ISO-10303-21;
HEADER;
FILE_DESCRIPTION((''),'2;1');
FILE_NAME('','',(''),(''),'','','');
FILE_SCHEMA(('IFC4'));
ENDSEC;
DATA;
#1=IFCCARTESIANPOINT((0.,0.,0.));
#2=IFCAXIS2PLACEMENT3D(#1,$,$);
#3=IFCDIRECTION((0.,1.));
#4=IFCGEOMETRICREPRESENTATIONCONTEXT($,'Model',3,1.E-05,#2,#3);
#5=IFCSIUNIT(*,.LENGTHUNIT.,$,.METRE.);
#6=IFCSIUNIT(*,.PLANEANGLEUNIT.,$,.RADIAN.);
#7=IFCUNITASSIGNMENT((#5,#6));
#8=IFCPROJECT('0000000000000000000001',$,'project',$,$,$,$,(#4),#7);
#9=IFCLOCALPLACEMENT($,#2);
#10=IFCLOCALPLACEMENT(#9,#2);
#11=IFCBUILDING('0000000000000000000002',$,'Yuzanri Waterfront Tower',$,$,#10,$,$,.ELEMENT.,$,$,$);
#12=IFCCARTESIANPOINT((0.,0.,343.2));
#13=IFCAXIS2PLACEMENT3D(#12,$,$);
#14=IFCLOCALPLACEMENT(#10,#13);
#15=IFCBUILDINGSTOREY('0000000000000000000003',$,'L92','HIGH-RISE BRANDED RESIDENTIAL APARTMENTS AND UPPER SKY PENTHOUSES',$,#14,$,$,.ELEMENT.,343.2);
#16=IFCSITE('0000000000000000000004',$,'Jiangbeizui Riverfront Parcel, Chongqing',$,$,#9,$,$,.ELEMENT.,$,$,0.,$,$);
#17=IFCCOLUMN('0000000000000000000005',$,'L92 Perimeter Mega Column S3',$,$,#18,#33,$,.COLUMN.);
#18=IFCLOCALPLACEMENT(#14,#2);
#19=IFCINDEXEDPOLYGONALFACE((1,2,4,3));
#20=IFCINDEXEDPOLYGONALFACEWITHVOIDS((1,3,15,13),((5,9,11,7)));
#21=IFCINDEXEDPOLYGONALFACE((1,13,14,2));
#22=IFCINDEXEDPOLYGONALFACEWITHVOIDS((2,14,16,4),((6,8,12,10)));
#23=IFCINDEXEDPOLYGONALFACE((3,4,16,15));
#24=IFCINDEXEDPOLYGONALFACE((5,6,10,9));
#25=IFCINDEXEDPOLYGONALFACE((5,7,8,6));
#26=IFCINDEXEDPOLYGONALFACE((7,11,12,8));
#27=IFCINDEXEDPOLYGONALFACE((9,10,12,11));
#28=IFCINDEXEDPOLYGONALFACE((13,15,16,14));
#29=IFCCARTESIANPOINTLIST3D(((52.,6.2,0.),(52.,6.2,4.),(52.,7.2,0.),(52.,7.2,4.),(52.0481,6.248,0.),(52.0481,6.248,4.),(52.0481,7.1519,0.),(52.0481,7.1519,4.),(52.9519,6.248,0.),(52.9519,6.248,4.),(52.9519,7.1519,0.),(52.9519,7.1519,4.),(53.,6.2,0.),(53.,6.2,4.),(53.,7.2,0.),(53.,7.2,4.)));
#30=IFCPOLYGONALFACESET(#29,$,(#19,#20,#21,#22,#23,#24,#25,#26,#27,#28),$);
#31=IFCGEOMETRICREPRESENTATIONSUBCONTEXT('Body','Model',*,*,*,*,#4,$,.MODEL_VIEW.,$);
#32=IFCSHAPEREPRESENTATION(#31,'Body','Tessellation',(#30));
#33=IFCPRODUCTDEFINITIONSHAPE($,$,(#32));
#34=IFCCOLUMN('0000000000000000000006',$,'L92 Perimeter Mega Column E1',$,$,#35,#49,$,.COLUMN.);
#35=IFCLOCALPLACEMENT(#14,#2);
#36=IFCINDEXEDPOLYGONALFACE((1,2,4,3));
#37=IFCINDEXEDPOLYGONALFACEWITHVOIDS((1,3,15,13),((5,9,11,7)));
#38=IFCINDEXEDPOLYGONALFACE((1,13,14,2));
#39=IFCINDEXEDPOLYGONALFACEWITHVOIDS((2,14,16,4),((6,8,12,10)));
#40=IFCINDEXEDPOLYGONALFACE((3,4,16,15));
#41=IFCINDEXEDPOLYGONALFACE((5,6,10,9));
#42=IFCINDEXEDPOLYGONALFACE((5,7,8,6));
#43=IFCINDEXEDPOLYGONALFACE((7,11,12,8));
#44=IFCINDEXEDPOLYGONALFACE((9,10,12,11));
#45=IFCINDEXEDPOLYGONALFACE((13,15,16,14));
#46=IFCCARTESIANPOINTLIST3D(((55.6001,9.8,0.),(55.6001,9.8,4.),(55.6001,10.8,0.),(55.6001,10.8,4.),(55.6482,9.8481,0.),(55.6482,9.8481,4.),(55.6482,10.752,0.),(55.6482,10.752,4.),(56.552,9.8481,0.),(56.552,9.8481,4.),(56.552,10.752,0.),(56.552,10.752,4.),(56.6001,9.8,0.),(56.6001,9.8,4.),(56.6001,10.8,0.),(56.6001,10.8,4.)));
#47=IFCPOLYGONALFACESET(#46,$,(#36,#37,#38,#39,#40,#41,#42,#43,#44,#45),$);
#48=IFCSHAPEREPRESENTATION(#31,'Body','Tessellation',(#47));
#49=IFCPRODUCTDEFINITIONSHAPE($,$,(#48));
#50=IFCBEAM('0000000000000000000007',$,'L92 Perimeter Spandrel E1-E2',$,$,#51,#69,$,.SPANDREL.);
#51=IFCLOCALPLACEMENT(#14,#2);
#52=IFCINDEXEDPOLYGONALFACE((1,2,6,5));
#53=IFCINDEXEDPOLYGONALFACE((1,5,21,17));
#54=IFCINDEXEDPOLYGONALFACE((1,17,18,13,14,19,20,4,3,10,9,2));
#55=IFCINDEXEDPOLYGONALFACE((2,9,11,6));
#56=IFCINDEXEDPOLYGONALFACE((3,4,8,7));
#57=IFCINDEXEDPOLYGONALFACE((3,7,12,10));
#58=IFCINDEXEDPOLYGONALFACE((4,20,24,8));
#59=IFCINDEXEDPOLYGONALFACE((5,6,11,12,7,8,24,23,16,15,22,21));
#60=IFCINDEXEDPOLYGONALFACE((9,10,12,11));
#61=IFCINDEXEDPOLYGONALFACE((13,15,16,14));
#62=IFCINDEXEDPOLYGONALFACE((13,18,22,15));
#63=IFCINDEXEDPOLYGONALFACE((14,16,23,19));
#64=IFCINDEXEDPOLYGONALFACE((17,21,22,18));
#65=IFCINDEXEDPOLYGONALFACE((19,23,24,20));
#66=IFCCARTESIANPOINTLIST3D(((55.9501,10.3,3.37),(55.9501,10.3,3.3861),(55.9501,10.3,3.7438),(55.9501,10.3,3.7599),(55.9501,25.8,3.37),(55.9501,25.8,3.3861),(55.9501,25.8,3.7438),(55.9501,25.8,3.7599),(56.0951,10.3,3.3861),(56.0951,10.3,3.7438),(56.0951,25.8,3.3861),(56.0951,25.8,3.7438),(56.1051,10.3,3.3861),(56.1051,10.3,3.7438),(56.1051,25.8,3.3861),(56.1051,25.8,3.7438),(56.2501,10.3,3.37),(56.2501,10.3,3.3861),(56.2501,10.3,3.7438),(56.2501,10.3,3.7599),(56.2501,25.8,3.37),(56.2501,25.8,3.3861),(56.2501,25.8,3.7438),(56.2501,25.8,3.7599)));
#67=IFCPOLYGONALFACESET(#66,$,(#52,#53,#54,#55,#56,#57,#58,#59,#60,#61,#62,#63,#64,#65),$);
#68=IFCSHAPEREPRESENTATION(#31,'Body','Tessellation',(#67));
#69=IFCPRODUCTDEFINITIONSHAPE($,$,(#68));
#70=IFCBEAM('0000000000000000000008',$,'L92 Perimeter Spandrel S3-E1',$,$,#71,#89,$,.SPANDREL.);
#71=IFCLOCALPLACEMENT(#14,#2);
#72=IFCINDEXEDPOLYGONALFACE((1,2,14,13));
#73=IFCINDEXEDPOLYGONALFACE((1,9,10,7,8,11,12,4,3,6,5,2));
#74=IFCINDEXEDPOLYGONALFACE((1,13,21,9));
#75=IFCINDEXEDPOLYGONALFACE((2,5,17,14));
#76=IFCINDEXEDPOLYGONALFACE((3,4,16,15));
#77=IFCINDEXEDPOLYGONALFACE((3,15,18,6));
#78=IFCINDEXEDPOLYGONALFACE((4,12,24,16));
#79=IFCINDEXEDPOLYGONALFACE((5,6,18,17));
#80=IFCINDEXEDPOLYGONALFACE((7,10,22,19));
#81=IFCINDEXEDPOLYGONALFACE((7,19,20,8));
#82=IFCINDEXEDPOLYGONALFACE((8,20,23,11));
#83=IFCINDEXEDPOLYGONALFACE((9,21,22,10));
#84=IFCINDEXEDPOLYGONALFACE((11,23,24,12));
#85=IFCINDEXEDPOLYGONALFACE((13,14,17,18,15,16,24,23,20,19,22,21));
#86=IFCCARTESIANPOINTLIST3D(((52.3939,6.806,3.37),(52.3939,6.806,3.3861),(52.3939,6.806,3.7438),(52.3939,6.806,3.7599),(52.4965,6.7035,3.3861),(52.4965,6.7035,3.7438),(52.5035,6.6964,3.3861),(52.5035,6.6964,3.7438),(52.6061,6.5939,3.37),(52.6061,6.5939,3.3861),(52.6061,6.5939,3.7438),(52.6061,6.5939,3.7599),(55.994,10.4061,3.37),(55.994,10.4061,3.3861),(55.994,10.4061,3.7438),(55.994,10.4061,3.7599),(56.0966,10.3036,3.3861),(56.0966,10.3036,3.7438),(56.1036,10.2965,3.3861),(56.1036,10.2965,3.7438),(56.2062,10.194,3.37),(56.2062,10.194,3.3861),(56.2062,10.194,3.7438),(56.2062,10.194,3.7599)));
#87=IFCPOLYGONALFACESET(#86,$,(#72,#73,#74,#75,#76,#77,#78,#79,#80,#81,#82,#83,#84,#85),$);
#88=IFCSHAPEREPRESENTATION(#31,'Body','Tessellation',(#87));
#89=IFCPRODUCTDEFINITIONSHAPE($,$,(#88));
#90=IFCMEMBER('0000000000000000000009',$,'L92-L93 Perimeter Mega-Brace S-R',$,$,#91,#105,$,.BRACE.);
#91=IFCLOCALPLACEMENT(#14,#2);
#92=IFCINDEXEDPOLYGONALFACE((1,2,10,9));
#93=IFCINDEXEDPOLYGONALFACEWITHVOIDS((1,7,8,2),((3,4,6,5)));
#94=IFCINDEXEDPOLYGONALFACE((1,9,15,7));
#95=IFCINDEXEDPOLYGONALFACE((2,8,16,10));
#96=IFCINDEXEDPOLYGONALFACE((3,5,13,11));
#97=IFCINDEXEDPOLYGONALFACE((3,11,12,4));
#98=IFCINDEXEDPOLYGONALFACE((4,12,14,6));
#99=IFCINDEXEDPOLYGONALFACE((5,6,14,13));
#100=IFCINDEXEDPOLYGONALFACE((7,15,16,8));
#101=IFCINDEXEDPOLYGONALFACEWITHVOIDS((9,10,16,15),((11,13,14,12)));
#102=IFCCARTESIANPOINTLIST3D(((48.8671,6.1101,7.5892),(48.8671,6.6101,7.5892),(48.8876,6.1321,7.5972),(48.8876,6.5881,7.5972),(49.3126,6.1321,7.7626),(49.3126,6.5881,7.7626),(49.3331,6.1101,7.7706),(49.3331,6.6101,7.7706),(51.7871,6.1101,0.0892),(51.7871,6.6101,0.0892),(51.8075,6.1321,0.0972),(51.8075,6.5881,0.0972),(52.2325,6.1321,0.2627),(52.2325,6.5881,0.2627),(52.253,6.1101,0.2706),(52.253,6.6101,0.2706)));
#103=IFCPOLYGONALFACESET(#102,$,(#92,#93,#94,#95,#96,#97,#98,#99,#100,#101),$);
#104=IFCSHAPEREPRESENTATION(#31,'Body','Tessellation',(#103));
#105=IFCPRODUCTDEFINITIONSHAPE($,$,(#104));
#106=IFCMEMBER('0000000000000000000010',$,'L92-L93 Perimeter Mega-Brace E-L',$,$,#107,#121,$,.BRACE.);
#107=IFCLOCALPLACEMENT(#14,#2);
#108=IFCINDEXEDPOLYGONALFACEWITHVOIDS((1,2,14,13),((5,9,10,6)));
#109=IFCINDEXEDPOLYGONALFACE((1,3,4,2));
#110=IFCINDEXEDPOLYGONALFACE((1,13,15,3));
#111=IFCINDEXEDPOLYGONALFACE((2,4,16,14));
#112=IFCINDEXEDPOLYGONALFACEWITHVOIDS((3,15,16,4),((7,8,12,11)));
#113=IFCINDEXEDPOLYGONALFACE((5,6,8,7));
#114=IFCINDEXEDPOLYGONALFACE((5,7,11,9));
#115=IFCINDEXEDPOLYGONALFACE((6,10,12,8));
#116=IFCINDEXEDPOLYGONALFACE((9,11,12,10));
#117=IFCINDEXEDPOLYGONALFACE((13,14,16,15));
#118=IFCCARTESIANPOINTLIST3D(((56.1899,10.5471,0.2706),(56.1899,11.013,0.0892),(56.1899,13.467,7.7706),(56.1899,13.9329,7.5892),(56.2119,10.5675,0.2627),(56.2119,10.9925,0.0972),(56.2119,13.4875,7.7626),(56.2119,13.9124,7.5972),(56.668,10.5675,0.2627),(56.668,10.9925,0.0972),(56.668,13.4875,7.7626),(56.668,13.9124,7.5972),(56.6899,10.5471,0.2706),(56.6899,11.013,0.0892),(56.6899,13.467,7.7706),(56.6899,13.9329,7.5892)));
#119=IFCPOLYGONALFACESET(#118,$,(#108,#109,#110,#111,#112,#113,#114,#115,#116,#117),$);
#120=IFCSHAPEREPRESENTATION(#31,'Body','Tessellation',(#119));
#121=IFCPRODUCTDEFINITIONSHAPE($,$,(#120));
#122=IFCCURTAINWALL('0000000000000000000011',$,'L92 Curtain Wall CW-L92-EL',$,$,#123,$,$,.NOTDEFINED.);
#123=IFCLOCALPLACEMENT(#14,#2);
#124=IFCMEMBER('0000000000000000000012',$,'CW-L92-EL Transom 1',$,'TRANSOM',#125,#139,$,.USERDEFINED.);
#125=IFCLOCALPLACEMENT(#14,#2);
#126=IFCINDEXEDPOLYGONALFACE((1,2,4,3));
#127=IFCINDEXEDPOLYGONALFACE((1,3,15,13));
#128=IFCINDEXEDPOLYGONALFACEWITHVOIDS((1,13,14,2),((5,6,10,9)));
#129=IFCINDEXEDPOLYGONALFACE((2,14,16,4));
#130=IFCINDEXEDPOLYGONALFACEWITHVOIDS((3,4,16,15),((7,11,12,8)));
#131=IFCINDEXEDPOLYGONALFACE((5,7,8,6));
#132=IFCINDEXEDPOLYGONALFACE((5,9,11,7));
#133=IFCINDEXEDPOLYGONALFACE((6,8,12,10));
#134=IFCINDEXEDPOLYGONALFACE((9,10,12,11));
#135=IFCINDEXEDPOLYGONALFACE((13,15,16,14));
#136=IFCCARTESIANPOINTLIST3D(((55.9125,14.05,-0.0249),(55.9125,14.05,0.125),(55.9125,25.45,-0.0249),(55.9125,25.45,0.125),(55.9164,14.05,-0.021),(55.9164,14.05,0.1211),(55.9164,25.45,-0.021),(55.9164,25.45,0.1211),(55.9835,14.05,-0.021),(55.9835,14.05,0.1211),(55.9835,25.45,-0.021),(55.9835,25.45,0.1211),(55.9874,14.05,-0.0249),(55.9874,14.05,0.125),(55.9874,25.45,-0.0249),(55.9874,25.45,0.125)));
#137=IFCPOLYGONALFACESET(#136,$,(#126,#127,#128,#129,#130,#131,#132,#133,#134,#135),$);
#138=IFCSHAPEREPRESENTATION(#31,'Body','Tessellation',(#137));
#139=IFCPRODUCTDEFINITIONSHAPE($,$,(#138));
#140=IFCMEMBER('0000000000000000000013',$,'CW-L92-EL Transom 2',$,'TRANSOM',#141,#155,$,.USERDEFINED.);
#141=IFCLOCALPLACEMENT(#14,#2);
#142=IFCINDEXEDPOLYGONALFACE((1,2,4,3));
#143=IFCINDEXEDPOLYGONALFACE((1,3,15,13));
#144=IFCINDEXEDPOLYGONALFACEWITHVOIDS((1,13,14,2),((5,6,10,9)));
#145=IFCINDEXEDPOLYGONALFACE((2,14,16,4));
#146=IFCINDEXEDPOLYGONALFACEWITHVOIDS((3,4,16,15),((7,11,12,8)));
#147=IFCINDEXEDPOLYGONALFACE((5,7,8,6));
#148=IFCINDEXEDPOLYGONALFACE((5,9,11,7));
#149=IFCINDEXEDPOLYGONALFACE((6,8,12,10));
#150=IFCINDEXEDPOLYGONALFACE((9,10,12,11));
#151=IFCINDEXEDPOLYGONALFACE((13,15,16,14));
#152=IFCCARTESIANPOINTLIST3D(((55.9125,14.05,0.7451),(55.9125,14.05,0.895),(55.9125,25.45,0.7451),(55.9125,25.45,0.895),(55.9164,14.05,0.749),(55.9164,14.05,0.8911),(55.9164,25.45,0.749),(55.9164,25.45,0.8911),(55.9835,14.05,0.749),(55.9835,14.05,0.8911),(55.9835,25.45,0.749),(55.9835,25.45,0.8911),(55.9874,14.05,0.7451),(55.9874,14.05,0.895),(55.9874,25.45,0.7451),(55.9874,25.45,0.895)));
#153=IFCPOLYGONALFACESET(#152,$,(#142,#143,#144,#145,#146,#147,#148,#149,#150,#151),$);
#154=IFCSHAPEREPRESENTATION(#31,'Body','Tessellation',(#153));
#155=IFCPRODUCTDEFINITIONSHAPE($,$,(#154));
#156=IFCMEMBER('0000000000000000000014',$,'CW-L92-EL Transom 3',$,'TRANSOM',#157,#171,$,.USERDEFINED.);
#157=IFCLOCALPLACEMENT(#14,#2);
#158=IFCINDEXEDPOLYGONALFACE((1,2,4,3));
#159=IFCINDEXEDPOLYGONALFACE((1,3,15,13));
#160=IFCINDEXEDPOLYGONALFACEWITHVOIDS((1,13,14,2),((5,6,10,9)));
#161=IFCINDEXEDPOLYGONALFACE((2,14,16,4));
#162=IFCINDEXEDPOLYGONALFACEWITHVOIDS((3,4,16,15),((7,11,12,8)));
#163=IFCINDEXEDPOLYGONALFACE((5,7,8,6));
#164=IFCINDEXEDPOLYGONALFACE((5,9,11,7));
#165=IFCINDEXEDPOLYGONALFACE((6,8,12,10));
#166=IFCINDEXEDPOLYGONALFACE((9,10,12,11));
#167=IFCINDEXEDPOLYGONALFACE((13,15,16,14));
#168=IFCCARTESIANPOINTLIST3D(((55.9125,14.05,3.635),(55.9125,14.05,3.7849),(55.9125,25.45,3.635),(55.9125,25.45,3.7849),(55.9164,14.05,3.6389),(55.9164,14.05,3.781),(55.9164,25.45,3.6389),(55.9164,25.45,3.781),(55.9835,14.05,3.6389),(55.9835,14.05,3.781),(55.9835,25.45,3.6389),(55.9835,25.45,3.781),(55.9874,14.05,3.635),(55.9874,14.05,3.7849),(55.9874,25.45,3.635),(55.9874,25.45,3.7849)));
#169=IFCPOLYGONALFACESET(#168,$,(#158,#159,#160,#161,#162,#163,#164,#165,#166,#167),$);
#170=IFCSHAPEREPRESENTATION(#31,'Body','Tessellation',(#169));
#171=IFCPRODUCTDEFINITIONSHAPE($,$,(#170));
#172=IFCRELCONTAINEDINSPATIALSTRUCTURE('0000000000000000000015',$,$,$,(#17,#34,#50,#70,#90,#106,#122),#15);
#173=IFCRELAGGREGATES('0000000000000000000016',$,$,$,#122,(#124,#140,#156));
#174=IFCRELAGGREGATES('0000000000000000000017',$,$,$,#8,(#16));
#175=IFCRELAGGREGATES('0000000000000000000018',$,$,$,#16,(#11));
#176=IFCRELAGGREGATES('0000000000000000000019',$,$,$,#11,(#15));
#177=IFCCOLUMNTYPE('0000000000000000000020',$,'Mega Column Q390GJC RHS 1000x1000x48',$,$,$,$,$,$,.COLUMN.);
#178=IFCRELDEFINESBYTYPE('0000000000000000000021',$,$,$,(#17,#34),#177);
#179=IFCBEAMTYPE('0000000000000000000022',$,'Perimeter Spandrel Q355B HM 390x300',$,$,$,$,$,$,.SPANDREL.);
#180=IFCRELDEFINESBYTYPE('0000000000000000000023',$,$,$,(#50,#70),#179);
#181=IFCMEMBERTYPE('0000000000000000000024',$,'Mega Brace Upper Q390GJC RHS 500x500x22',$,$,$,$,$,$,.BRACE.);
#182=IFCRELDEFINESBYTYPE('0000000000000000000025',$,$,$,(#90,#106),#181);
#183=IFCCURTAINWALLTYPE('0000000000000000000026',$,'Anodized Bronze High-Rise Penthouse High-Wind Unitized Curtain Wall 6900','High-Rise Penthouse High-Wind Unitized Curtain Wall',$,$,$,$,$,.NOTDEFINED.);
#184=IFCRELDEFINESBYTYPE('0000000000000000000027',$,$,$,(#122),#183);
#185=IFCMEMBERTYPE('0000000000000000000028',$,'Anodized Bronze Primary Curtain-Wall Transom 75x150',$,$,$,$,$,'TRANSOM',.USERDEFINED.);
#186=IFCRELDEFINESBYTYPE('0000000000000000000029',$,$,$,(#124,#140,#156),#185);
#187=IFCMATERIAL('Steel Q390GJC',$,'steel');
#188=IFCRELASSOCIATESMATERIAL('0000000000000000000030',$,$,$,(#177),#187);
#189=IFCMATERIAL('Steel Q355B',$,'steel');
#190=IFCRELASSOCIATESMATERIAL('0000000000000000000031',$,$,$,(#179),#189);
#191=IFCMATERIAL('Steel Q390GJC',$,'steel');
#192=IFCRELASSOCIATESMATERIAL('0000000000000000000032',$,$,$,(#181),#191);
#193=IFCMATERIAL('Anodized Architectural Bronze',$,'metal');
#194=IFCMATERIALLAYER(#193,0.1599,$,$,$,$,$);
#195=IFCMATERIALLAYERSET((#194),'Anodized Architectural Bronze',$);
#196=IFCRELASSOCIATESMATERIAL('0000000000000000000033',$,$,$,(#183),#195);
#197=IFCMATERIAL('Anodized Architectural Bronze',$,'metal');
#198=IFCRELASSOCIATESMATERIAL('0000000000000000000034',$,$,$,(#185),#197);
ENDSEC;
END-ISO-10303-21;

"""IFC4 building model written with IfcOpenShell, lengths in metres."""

from ifc_helpers import new_model, si_unit, direction, frame, origin, origin_2d, place, context, subcontext, project, spatial, hollow_rectangle, i_section, extrude, source, transform, mapped, material, layer, layer_set, material_profile, profile_set, type_object, element, aggregate, save


model = new_model("IFC4")

# Units and contexts
model_context = context("Model", 3, precision=1e-05, world=origin(), true_north=direction((0.0, 1.0)))
body_context = subcontext(model_context, "Body", "Model", "MODEL_VIEW")
ifc_project = project(units=[si_unit("LENGTHUNIT", "METRE"), si_unit("PLANEANGLEUNIT", "RADIAN")], contexts=[model_context])

# Site, building, storey
site_placement = place(None, origin())
site = spatial("IfcSite", under=ifc_project, at=site_placement, Name="Jiangbeizui Riverfront Parcel, Chongqing", CompositionType="ELEMENT", RefElevation=0.0)
building_placement = place(site_placement, origin())
building = spatial("IfcBuilding", under=site, at=building_placement, Name="Yuzanri Waterfront Tower", CompositionType="ELEMENT")
storey_placement = place(building_placement, frame((0.0, 0.0, 343.2)))
storey = spatial("IfcBuildingStorey", under=building, at=storey_placement, Name="L92", Description="HIGH-RISE BRANDED RESIDENTIAL APARTMENTS AND UPPER SKY PENTHOUSES", CompositionType="ELEMENT", Elevation=343.2)

# Columns
ifc_material_1 = material(Name="Steel Q390GJC", Category="steel")
ifc_material_profile_1 = material_profile(ifc_material_1, hollow_rectangle(XDim=1.0, YDim=1.0, WallThickness=0.0481, at=origin_2d()), Name="RHS 1000x1000x48")
ifc_profile_set_1 = profile_set([ifc_material_profile_1], Name="Steel Q390GJC")
column_type = type_object("IfcColumnType", Name="Mega Column Q390GJC RHS 1000x1000x48", PredefinedType="COLUMN", material=ifc_profile_set_1)
shared_shape_1 = source(origin(), body_context, "Body", "SweptSolid", [
    extrude(hollow_rectangle(XDim=1.0, YDim=1.0, WallThickness=0.0481, at=origin_2d()), origin(), (0.0, 0.0, 1.0), 4.0),
])
for number, where, z_axis, x_axis, name in (
    (1, (52.5, 6.7, 0.0), (0.0, 0.0, 1.0), (1.0, 0.0, 0.0), "L92 Perimeter Mega Column S3"),
    (2, (56.1001, 10.3, 0.0), (0.0, 0.0, 1.0), (1.0, 0.0, 0.0), "L92 Perimeter Mega Column E1"),
):
    element("IfcColumn", number, at=place(storey_placement, frame(where, z_axis=z_axis, x_axis=x_axis)), inside=storey, type_object=column_type, Name=name, PredefinedType="COLUMN", context=body_context, shape_type="MappedRepresentation", body=[
        mapped(shared_shape_1, transform((0.0, 0.0, 0.0), scale=1.0)),
    ])

# Beams
ifc_material_2 = material(Name="Steel Q355B", Category="steel")
ifc_material_profile_2 = material_profile(ifc_material_2, i_section(OverallWidth=0.3, OverallDepth=0.3899, WebThickness=0.01, FlangeThickness=0.0161, at=origin_2d()), Name="HM 390x300x10x16")
ifc_profile_set_2 = profile_set([ifc_material_profile_2], Name="Steel Q355B")
beam_type = type_object("IfcBeamType", Name="Perimeter Spandrel Q355B HM 390x300", PredefinedType="SPANDREL", material=ifc_profile_set_2)
shared_shape_2 = source(origin(), body_context, "Body", "SweptSolid", [
    extrude(i_section(OverallWidth=0.3, OverallDepth=0.3899, WebThickness=0.01, FlangeThickness=0.0161, at=origin_2d()), origin(), (0.0, 0.0, 1.0), 15.5),
])
beam_1_placement = place(storey_placement, frame((56.1001, 10.3, 3.5649), z_axis=(0.0, 1.0, 0.0), x_axis=(-1.0, 0.0, 0.0)))
element("IfcBeam", 3, at=beam_1_placement, inside=storey, type_object=beam_type, Name="L92 Perimeter Spandrel E1-E2", PredefinedType="SPANDREL", context=body_context, shape_type="MappedRepresentation", body=[
    mapped(shared_shape_2, transform((0.0, 0.0, 0.0), scale=1.0)),
])
shared_shape_3 = source(origin(), body_context, "Body", "SweptSolid", [
    extrude(i_section(OverallWidth=0.3, OverallDepth=0.3899, WebThickness=0.01, FlangeThickness=0.0161, at=origin_2d()), origin(), (0.0, 0.0, 1.0), 5.0913),
])
beam_2_placement = place(storey_placement, frame((52.5, 6.7, 3.5649), z_axis=(0.707107, 0.707107, 0.0), x_axis=(-0.707107, 0.707107, 0.0)))
element("IfcBeam", 4, at=beam_2_placement, inside=storey, type_object=beam_type, Name="L92 Perimeter Spandrel S3-E1", PredefinedType="SPANDREL", context=body_context, shape_type="MappedRepresentation", body=[
    mapped(shared_shape_3, transform((0.0, 0.0, 0.0), scale=1.0)),
])

# Members
ifc_material_3 = material(Name="Steel Q390GJC", Category="steel")
ifc_material_profile_3 = material_profile(ifc_material_3, hollow_rectangle(XDim=0.5, YDim=0.5, WallThickness=0.022, at=origin_2d()), Name="RHS 500x500x22")
ifc_profile_set_3 = profile_set([ifc_material_profile_3], Name="Steel Q390GJC")
member_type_1 = type_object("IfcMemberType", Name="Mega Brace Upper Q390GJC RHS 500x500x22", PredefinedType="BRACE", material=ifc_profile_set_3)
shared_shape_4 = source(origin(), body_context, "Body", "SweptSolid", [
    extrude(hollow_rectangle(XDim=0.5, YDim=0.5, WallThickness=0.022, at=origin_2d()), origin(), (0.0, 0.0, 1.0), 8.0483),
])
for number, where, z_axis, x_axis, name in (
    (5, (52.02, 6.3601, 0.1799), (-0.362798, 0.0, 0.931868), (0.0, -1.0, 0.0), "L92-L93 Perimeter Mega-Brace S-R"),
    (6, (56.4399, 10.78, 0.1799), (0.0, 0.362798, 0.931868), (-1.0, 0.0, 0.0), "L92-L93 Perimeter Mega-Brace E-L"),
):
    element("IfcMember", number, at=place(storey_placement, frame(where, z_axis=z_axis, x_axis=x_axis)), inside=storey, type_object=member_type_1, Name=name, PredefinedType="BRACE", context=body_context, shape_type="MappedRepresentation", body=[
        mapped(shared_shape_4, transform((0.0, 0.0, 0.0), scale=1.0)),
    ])

# Curtain wall, members
ifc_material_4 = material(Name="Anodized Architectural Bronze", Category="metal")
ifc_layer_1 = layer(ifc_material_4, 0.1599)
ifc_layer_set_1 = layer_set([ifc_layer_1], Name="Anodized Architectural Bronze")
curtain_wall_type = type_object("IfcCurtainWallType", Name="Anodized Bronze High-Rise Penthouse High-Wind Unitized Curtain Wall 6900", Description="High-Rise Penthouse High-Wind Unitized Curtain Wall", PredefinedType="NOTDEFINED", material=ifc_layer_set_1)
curtain_wall_1_placement = place(storey_placement, origin())
curtain_wall_1 = element("IfcCurtainWall", 7, at=curtain_wall_1_placement, inside=storey, type_object=curtain_wall_type, Name="L92 Curtain Wall CW-L92-EL", PredefinedType="NOTDEFINED")
ifc_material_5 = material(Name="Anodized Architectural Bronze", Category="metal")
ifc_material_profile_4 = material_profile(ifc_material_5, hollow_rectangle(XDim=0.075, YDim=0.1499, WallThickness=0.0039, at=origin_2d()), Name="CWT 75x150")
ifc_profile_set_4 = profile_set([ifc_material_profile_4], Name="Anodized Architectural Bronze")
member_type_2 = type_object("IfcMemberType", Name="Anodized Bronze Primary Curtain-Wall Transom 75x150", ElementType="TRANSOM", PredefinedType="USERDEFINED", material=ifc_profile_set_4)
shared_shape_5 = source(origin(), body_context, "Body", "SweptSolid", [
    extrude(hollow_rectangle(XDim=0.075, YDim=0.1499, WallThickness=0.0039, at=origin_2d()), origin(), (0.0, 0.0, 1.0), 11.3999),
])
member_1_placement = place(storey_placement, frame((55.95, 14.05, 0.05), z_axis=(0.0, 1.0, 0.0), x_axis=(-1.0, 0.0, 0.0)))
member_1 = element("IfcMember", 8, at=member_1_placement, type_object=member_type_2, Name="CW-L92-EL Transom 1", ObjectType="TRANSOM", PredefinedType="USERDEFINED", context=body_context, shape_type="MappedRepresentation", body=[
    mapped(shared_shape_5, transform((0.0, 0.0, 0.0), scale=1.0)),
])
member_2_placement = place(storey_placement, frame((55.95, 14.05, 0.8201), z_axis=(0.0, 1.0, 0.0), x_axis=(-1.0, 0.0, 0.0)))
member_2 = element("IfcMember", 9, at=member_2_placement, type_object=member_type_2, Name="CW-L92-EL Transom 2", ObjectType="TRANSOM", PredefinedType="USERDEFINED", context=body_context, shape_type="MappedRepresentation", body=[
    mapped(shared_shape_5, transform((0.0, 0.0, 0.0), scale=1.0)),
])
member_3_placement = place(storey_placement, frame((55.95, 14.05, 3.71), z_axis=(0.0, 1.0, 0.0), x_axis=(-1.0, 0.0, 0.0)))
member_3 = element("IfcMember", 10, at=member_3_placement, type_object=member_type_2, Name="CW-L92-EL Transom 3", ObjectType="TRANSOM", PredefinedType="USERDEFINED", context=body_context, shape_type="MappedRepresentation", body=[
    mapped(shared_shape_5, transform((0.0, 0.0, 0.0), scale=1.0)),
])

aggregate(curtain_wall_1, [member_1, member_2, member_3])

save(model, "model.ifc")
